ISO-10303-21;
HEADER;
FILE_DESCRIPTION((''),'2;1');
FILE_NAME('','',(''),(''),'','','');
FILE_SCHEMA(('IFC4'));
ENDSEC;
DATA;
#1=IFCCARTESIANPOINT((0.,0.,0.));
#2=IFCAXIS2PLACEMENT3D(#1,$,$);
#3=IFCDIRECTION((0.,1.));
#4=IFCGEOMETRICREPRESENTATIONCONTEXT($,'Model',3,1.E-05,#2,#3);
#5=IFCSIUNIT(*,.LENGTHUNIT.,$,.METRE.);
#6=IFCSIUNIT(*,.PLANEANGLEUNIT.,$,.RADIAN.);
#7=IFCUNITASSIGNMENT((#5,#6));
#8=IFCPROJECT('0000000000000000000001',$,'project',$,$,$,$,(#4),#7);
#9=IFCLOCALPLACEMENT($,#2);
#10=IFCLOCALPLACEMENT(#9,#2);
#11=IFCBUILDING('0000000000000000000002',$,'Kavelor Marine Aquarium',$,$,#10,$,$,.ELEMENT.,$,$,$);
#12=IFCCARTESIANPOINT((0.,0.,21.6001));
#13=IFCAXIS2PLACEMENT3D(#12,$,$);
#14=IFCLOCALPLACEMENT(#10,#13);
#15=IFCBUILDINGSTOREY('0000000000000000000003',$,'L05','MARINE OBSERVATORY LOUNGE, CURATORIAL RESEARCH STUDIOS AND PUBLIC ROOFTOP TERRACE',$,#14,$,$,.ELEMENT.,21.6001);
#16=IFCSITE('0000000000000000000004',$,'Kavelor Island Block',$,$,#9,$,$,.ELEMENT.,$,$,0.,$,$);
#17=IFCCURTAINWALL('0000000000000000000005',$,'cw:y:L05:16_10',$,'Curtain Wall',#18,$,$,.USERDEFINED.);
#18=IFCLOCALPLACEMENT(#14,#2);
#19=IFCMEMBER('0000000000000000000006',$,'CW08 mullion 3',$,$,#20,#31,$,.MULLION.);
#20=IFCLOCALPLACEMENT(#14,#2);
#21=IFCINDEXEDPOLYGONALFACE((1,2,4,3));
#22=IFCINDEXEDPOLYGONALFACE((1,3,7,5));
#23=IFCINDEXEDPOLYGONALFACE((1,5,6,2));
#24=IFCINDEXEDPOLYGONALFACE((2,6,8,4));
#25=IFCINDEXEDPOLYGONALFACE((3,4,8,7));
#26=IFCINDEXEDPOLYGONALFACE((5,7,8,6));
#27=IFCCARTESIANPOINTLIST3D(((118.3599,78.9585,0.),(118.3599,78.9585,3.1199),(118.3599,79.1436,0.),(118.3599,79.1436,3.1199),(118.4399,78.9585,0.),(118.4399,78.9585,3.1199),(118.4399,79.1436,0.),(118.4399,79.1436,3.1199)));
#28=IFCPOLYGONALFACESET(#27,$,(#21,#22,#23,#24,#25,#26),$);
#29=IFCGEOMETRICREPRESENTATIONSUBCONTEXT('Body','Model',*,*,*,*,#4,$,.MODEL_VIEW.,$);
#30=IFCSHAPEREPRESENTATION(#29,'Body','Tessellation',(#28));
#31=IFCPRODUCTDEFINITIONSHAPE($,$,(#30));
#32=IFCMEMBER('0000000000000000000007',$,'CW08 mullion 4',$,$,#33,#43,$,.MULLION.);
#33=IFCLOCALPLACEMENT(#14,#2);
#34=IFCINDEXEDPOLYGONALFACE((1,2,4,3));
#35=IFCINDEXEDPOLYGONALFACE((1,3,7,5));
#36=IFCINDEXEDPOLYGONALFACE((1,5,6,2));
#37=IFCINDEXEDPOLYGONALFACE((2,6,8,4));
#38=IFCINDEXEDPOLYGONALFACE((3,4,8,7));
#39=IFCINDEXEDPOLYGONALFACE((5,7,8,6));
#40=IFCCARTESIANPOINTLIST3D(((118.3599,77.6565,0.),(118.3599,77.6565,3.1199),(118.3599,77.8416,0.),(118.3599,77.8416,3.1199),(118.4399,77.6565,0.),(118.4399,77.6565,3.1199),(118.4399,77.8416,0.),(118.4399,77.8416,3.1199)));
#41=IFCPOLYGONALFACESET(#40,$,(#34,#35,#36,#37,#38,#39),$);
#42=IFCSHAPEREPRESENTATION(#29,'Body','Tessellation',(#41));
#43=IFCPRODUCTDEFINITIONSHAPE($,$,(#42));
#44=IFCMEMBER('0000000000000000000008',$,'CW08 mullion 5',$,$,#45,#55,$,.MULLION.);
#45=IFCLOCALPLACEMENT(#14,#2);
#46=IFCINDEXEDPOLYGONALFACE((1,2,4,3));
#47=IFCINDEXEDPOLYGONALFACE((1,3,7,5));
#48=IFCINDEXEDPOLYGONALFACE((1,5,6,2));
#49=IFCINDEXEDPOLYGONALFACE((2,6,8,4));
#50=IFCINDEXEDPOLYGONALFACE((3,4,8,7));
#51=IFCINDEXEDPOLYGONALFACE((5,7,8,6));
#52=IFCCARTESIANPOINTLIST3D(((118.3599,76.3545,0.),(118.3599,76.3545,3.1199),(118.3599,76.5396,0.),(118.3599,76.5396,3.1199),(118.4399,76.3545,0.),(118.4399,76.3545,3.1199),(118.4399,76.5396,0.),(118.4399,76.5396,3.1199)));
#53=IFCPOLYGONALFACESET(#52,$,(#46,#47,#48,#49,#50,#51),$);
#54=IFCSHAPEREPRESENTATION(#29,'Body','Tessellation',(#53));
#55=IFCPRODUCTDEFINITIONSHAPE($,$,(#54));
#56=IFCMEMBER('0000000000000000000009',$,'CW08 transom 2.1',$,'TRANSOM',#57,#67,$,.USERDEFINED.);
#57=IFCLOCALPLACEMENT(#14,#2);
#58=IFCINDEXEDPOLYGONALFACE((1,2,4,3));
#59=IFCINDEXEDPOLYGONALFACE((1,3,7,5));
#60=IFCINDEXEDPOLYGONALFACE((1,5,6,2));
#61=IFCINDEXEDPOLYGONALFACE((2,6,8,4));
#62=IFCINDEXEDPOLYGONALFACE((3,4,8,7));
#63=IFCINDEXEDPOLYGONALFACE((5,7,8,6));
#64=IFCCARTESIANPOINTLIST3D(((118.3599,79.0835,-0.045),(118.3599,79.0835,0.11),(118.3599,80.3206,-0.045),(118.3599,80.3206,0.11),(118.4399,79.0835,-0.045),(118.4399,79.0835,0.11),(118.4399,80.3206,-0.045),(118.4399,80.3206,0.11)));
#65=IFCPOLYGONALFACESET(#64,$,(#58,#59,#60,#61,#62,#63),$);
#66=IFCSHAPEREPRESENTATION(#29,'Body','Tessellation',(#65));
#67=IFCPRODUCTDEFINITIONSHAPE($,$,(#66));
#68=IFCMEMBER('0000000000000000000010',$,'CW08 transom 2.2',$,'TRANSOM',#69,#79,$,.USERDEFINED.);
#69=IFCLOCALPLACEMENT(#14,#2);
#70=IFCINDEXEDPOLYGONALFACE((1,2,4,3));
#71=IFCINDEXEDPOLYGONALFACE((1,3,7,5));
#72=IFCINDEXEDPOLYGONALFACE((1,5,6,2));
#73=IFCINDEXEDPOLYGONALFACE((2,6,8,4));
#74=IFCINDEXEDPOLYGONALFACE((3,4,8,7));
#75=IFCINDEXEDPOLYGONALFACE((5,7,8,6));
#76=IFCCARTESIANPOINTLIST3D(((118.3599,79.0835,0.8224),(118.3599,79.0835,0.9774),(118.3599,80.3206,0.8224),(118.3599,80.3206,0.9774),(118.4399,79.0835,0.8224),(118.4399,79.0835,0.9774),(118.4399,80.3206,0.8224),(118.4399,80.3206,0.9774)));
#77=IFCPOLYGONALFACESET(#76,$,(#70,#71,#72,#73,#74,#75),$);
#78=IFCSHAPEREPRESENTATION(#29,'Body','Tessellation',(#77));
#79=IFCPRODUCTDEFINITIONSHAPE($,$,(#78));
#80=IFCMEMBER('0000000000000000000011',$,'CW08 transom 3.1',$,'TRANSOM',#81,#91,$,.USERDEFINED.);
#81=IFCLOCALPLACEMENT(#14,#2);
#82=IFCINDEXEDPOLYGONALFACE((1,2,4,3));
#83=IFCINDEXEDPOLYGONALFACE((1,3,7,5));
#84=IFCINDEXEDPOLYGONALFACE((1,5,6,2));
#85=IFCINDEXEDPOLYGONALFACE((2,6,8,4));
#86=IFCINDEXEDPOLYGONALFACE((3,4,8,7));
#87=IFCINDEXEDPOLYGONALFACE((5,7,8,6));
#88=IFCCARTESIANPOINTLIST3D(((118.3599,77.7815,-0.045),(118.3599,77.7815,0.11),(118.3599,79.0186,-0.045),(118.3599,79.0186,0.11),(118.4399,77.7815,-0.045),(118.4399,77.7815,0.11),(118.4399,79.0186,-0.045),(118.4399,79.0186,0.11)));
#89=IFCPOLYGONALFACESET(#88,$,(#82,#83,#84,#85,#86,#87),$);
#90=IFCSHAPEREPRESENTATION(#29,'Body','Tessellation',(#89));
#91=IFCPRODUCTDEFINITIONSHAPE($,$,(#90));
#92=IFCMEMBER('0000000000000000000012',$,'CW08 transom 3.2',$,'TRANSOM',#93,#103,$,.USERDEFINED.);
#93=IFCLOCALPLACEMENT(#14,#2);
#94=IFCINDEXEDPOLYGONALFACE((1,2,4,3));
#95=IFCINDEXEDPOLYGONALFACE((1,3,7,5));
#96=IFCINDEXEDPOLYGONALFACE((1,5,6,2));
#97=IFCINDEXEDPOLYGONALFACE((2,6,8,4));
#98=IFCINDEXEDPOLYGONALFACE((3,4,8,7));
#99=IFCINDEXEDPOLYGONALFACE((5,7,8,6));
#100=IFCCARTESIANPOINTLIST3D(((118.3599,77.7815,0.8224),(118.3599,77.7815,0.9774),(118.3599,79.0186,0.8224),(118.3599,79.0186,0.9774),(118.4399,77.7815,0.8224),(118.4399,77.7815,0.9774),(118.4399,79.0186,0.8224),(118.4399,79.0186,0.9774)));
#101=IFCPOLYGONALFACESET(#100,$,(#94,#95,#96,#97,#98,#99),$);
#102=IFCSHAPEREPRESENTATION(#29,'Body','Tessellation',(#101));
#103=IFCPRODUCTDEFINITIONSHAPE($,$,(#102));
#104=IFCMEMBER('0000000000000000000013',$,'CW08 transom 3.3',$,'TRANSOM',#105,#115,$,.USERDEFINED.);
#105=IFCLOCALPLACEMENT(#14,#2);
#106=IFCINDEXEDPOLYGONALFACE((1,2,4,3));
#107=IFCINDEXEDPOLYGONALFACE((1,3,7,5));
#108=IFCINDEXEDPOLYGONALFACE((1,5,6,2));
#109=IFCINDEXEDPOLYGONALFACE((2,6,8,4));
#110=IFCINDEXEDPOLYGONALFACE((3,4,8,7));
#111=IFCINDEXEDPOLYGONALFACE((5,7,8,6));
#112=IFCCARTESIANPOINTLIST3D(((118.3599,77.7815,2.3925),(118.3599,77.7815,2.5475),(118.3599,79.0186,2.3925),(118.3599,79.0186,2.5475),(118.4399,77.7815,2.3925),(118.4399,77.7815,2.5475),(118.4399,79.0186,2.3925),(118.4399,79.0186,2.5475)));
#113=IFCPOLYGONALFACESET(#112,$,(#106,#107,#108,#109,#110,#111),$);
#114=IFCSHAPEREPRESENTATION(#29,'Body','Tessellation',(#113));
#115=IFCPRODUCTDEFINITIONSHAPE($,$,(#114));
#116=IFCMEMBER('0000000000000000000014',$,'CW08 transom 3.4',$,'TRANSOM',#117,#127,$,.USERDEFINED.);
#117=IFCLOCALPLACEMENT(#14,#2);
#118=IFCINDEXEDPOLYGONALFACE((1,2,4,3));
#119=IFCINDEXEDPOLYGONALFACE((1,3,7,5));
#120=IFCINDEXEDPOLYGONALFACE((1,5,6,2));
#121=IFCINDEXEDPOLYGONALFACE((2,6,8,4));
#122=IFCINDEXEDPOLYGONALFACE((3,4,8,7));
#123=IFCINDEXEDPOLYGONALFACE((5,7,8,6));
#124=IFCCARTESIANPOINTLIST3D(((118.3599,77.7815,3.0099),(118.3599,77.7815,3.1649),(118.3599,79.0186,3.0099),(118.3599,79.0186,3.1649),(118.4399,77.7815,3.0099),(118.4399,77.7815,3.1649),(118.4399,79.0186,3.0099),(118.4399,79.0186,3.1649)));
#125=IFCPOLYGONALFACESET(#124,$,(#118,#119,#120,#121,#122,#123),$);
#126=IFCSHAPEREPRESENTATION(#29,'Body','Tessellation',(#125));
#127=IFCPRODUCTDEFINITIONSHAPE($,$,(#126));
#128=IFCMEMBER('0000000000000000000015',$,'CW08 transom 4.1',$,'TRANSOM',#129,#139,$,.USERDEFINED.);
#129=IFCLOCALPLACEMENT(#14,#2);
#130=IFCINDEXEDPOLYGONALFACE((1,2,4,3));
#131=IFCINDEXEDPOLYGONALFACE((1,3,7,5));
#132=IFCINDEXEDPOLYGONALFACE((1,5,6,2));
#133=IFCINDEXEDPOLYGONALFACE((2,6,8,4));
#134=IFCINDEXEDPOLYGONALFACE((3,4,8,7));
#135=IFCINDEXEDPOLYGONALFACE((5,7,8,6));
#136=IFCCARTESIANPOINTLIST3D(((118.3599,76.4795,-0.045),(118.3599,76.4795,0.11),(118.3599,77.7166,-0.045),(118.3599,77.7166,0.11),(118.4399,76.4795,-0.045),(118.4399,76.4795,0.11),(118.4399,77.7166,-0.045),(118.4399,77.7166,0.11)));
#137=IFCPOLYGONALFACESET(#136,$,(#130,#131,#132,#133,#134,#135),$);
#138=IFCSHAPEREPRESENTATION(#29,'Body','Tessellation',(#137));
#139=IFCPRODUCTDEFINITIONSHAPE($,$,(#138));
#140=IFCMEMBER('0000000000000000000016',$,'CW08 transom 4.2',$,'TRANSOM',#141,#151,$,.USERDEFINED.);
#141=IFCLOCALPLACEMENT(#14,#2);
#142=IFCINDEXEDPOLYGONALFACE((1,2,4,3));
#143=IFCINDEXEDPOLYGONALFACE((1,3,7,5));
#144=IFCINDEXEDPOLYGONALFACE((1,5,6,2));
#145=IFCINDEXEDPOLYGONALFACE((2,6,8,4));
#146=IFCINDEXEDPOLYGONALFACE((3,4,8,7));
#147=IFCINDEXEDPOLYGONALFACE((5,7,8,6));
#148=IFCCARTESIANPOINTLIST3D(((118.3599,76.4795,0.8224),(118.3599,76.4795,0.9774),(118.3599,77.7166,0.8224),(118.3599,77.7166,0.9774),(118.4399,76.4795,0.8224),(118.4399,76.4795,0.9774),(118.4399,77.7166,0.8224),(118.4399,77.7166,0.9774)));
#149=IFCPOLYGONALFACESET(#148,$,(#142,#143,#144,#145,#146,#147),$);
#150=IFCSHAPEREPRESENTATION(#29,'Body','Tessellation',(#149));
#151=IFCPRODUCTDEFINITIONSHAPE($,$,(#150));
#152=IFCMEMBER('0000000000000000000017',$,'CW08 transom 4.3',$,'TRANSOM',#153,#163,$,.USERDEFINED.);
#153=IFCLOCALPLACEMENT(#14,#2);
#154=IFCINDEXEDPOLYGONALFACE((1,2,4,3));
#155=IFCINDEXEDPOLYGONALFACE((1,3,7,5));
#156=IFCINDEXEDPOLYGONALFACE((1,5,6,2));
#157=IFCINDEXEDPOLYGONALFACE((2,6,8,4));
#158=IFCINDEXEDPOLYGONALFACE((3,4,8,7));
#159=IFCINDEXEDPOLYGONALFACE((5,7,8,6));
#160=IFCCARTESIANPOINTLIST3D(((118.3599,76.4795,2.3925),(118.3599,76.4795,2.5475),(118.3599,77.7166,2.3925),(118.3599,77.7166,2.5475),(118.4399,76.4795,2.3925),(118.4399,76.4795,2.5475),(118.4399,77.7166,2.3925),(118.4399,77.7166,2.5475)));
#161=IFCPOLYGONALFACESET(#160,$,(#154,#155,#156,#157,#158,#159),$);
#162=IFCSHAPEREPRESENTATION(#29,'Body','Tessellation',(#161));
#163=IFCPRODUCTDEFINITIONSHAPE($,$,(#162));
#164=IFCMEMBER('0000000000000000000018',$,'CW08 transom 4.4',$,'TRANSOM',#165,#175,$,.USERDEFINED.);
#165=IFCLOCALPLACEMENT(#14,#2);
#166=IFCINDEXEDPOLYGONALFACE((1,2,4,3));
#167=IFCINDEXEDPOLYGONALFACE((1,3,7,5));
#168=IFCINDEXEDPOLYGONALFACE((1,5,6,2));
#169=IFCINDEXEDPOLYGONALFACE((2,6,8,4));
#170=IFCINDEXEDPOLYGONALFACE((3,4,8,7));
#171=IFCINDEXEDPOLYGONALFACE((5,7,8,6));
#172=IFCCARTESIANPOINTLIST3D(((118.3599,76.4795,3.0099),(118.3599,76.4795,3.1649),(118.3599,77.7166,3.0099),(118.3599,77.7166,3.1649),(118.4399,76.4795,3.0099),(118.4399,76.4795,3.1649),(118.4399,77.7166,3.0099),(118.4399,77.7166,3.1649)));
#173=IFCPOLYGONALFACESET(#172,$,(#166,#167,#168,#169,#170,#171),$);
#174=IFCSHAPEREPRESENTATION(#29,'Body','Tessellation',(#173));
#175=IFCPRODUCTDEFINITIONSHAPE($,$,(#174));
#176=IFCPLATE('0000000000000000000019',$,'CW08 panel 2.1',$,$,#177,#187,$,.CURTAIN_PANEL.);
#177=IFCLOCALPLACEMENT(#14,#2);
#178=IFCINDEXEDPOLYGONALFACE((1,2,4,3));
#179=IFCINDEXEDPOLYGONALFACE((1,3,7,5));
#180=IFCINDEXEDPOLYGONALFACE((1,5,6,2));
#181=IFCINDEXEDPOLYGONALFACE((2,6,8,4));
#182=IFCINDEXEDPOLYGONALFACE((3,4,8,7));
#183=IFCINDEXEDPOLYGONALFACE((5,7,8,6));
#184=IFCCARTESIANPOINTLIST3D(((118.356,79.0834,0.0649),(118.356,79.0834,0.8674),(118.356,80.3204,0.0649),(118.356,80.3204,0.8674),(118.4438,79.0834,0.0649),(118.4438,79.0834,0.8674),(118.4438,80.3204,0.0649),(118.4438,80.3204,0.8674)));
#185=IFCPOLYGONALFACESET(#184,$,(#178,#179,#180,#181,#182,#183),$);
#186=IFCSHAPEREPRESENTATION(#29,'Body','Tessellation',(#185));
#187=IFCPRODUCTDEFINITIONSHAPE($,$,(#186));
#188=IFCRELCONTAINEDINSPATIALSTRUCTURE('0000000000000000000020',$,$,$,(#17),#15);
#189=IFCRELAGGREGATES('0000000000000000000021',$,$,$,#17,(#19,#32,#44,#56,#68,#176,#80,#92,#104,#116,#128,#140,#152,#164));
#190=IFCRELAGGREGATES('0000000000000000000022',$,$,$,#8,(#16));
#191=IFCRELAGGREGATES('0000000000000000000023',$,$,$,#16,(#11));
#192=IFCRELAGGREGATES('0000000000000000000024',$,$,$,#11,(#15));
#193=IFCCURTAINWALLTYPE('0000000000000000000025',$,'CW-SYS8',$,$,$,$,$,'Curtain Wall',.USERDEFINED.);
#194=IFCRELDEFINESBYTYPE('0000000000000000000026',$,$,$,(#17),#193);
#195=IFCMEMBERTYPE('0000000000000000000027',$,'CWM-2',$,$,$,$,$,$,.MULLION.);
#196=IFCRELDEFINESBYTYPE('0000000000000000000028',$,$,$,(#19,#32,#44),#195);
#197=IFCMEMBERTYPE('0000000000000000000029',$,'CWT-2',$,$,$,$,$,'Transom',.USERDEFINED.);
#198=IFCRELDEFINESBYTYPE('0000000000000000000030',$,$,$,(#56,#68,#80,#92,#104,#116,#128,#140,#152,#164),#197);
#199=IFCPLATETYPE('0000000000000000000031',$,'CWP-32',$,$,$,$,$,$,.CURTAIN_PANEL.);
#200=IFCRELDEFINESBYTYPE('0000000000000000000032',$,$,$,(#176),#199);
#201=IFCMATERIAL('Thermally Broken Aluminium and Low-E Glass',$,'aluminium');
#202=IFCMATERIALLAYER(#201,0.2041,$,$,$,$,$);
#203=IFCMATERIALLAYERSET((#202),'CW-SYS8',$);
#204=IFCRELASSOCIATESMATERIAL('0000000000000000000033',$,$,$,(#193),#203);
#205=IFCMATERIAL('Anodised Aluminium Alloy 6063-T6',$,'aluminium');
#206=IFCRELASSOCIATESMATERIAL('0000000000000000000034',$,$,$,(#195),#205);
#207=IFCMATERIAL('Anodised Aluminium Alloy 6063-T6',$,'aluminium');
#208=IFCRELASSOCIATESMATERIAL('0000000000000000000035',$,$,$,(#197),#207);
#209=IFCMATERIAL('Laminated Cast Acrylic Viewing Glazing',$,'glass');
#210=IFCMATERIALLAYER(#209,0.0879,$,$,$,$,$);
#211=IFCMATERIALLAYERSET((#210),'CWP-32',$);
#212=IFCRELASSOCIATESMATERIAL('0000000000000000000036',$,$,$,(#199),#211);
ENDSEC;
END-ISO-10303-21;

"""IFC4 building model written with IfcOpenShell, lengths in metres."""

from ifc_helpers import new_model, si_unit, direction, frame, origin, origin_2d, place, context, subcontext, project, spatial, rectangle, extrude, material, layer, layer_set, material_profile, profile_set, type_object, element, aggregate, save


model = new_model("IFC4")

# Units and contexts
model_context = context("Model", 3, precision=1e-05, world=origin(), true_north=direction((0.0, 1.0)))
body_context = subcontext(model_context, "Body", "Model", "MODEL_VIEW")
ifc_project = project(units=[si_unit("LENGTHUNIT", "METRE"), si_unit("PLANEANGLEUNIT", "RADIAN")], contexts=[model_context])

# Site, building, storey
site_placement = place(None, origin())
site = spatial("IfcSite", under=ifc_project, at=site_placement, Name="Kavelor Island Block", CompositionType="ELEMENT", RefElevation=0.0)
building_placement = place(site_placement, origin())
building = spatial("IfcBuilding", under=site, at=building_placement, Name="Kavelor Marine Aquarium", CompositionType="ELEMENT")
storey_placement = place(building_placement, frame((0.0, 0.0, 21.6001)))
storey = spatial("IfcBuildingStorey", under=building, at=storey_placement, Name="L05", Description="MARINE OBSERVATORY LOUNGE, CURATORIAL RESEARCH STUDIOS AND PUBLIC ROOFTOP TERRACE", CompositionType="ELEMENT", Elevation=21.6001)

# Curtain wall, members, plate
ifc_material_1 = material(Name="Thermally Broken Aluminium and Low-E Glass", Category="aluminium")
ifc_layer_1 = layer(ifc_material_1, 0.2041)
ifc_layer_set_1 = layer_set([ifc_layer_1], Name="CW-SYS8")
curtain_wall_type = type_object("IfcCurtainWallType", Name="CW-SYS8", ElementType="Curtain Wall", PredefinedType="USERDEFINED", material=ifc_layer_set_1)
curtain_wall_placement = place(storey_placement, origin())
curtain_wall = element("IfcCurtainWall", 1, at=curtain_wall_placement, inside=storey, type_object=curtain_wall_type, Name="cw:y:L05:16_10", ObjectType="Curtain Wall", PredefinedType="USERDEFINED")
ifc_material_2 = material(Name="Anodised Aluminium Alloy 6063-T6", Category="aluminium")
ifc_material_profile_1 = material_profile(ifc_material_2, rectangle(XDim=0.0801, YDim=0.1851, at=origin_2d()), Name="CW-MUL 80x185")
ifc_profile_set_1 = profile_set([ifc_material_profile_1], Name="Anodised Aluminium Alloy 6063-T6")
member_type_1 = type_object("IfcMemberType", Name="CWM-2", PredefinedType="MULLION", material=ifc_profile_set_1)
member_1_placement = place(storey_placement, frame((118.3999, 79.051, 0.0), z_axis=(0.0, 0.0, 1.0), x_axis=(1.0, 0.0, 0.0)))
member_1 = element("IfcMember", 2, at=member_1_placement, type_object=member_type_1, Name="CW08 mullion 3", PredefinedType="MULLION", context=body_context, shape_type="SweptSolid", body=[
    extrude(rectangle(XDim=0.0801, YDim=0.1851, at=origin_2d()), origin(), (0.0, 0.0, 1.0), 3.1199),
])
member_2_placement = place(storey_placement, frame((118.3999, 77.749, 0.0), z_axis=(0.0, 0.0, 1.0), x_axis=(1.0, 0.0, 0.0)))
member_2 = element("IfcMember", 3, at=member_2_placement, type_object=member_type_1, Name="CW08 mullion 4", PredefinedType="MULLION", context=body_context, shape_type="SweptSolid", body=[
    extrude(rectangle(XDim=0.0801, YDim=0.1851, at=origin_2d()), origin(), (0.0, 0.0, 1.0), 3.1199),
])
member_3_placement = place(storey_placement, frame((118.3999, 76.447, 0.0), z_axis=(0.0, 0.0, 1.0), x_axis=(1.0, 0.0, 0.0)))
member_3 = element("IfcMember", 4, at=member_3_placement, type_object=member_type_1, Name="CW08 mullion 5", PredefinedType="MULLION", context=body_context, shape_type="SweptSolid", body=[
    extrude(rectangle(XDim=0.0801, YDim=0.1851, at=origin_2d()), origin(), (0.0, 0.0, 1.0), 3.1199),
])
ifc_material_3 = material(Name="Anodised Aluminium Alloy 6063-T6", Category="aluminium")
ifc_material_profile_2 = material_profile(ifc_material_3, rectangle(XDim=0.0801, YDim=0.155, at=origin_2d()), Name="CW-TRN 80x155")
ifc_profile_set_2 = profile_set([ifc_material_profile_2], Name="Anodised Aluminium Alloy 6063-T6")
member_type_2 = type_object("IfcMemberType", Name="CWT-2", ElementType="Transom", PredefinedType="USERDEFINED", material=ifc_profile_set_2)
member_4_placement = place(storey_placement, frame((118.3999, 80.3206, 0.0325), z_axis=(0.0, -1.0, 0.0), x_axis=(1.0, 0.0, 0.0)))
member_4 = element("IfcMember", 5, at=member_4_placement, type_object=member_type_2, Name="CW08 transom 2.1", ObjectType="TRANSOM", PredefinedType="USERDEFINED", context=body_context, shape_type="SweptSolid", body=[
    extrude(rectangle(XDim=0.0801, YDim=0.155, at=origin_2d()), origin(), (0.0, 0.0, 1.0), 1.2371),
])
member_5_placement = place(storey_placement, frame((118.3999, 80.3206, 0.8999), z_axis=(0.0, -1.0, 0.0), x_axis=(1.0, 0.0, 0.0)))
member_5 = element("IfcMember", 6, at=member_5_placement, type_object=member_type_2, Name="CW08 transom 2.2", ObjectType="TRANSOM", PredefinedType="USERDEFINED", context=body_context, shape_type="SweptSolid", body=[
    extrude(rectangle(XDim=0.0801, YDim=0.155, at=origin_2d()), origin(), (0.0, 0.0, 1.0), 1.2371),
])
member_6_placement = place(storey_placement, frame((118.3999, 79.0186, 0.0325), z_axis=(0.0, -1.0, 0.0), x_axis=(1.0, 0.0, 0.0)))
member_6 = element("IfcMember", 7, at=member_6_placement, type_object=member_type_2, Name="CW08 transom 3.1", ObjectType="TRANSOM", PredefinedType="USERDEFINED", context=body_context, shape_type="SweptSolid", body=[
    extrude(rectangle(XDim=0.0801, YDim=0.155, at=origin_2d()), origin(), (0.0, 0.0, 1.0), 1.2371),
])
member_7_placement = place(storey_placement, frame((118.3999, 79.0186, 0.8999), z_axis=(0.0, -1.0, 0.0), x_axis=(1.0, 0.0, 0.0)))
member_7 = element("IfcMember", 8, at=member_7_placement, type_object=member_type_2, Name="CW08 transom 3.2", ObjectType="TRANSOM", PredefinedType="USERDEFINED", context=body_context, shape_type="SweptSolid", body=[
    extrude(rectangle(XDim=0.0801, YDim=0.155, at=origin_2d()), origin(), (0.0, 0.0, 1.0), 1.2371),
])
member_8_placement = place(storey_placement, frame((118.3999, 79.0186, 2.47), z_axis=(0.0, -1.0, 0.0), x_axis=(1.0, 0.0, 0.0)))
member_8 = element("IfcMember", 9, at=member_8_placement, type_object=member_type_2, Name="CW08 transom 3.3", ObjectType="TRANSOM", PredefinedType="USERDEFINED", context=body_context, shape_type="SweptSolid", body=[
    extrude(rectangle(XDim=0.0801, YDim=0.155, at=origin_2d()), origin(), (0.0, 0.0, 1.0), 1.2371),
])
member_9_placement = place(storey_placement, frame((118.3999, 79.0186, 3.0874), z_axis=(0.0, -1.0, 0.0), x_axis=(1.0, 0.0, 0.0)))
member_9 = element("IfcMember", 10, at=member_9_placement, type_object=member_type_2, Name="CW08 transom 3.4", ObjectType="TRANSOM", PredefinedType="USERDEFINED", context=body_context, shape_type="SweptSolid", body=[
    extrude(rectangle(XDim=0.0801, YDim=0.155, at=origin_2d()), origin(), (0.0, 0.0, 1.0), 1.2371),
])
member_10_placement = place(storey_placement, frame((118.3999, 77.7166, 0.0325), z_axis=(0.0, -1.0, 0.0), x_axis=(1.0, 0.0, 0.0)))
member_10 = element("IfcMember", 11, at=member_10_placement, type_object=member_type_2, Name="CW08 transom 4.1", ObjectType="TRANSOM", PredefinedType="USERDEFINED", context=body_context, shape_type="SweptSolid", body=[
    extrude(rectangle(XDim=0.0801, YDim=0.155, at=origin_2d()), origin(), (0.0, 0.0, 1.0), 1.2371),
])
member_11_placement = place(storey_placement, frame((118.3999, 77.7166, 0.8999), z_axis=(0.0, -1.0, 0.0), x_axis=(1.0, 0.0, 0.0)))
member_11 = element("IfcMember", 12, at=member_11_placement, type_object=member_type_2, Name="CW08 transom 4.2", ObjectType="TRANSOM", PredefinedType="USERDEFINED", context=body_context, shape_type="SweptSolid", body=[
    extrude(rectangle(XDim=0.0801, YDim=0.155, at=origin_2d()), origin(), (0.0, 0.0, 1.0), 1.2371),
])
member_12_placement = place(storey_placement, frame((118.3999, 77.7166, 2.47), z_axis=(0.0, -1.0, 0.0), x_axis=(1.0, 0.0, 0.0)))
member_12 = element("IfcMember", 13, at=member_12_placement, type_object=member_type_2, Name="CW08 transom 4.3", ObjectType="TRANSOM", PredefinedType="USERDEFINED", context=body_context, shape_type="SweptSolid", body=[
    extrude(rectangle(XDim=0.0801, YDim=0.155, at=origin_2d()), origin(), (0.0, 0.0, 1.0), 1.2371),
])
member_13_placement = place(storey_placement, frame((118.3999, 77.7166, 3.0874), z_axis=(0.0, -1.0, 0.0), x_axis=(1.0, 0.0, 0.0)))
member_13 = element("IfcMember", 14, at=member_13_placement, type_object=member_type_2, Name="CW08 transom 4.4", ObjectType="TRANSOM", PredefinedType="USERDEFINED", context=body_context, shape_type="SweptSolid", body=[
    extrude(rectangle(XDim=0.0801, YDim=0.155, at=origin_2d()), origin(), (0.0, 0.0, 1.0), 1.2371),
])
ifc_material_4 = material(Name="Laminated Cast Acrylic Viewing Glazing", Category="glass")
ifc_layer_2 = layer(ifc_material_4, 0.0879)
ifc_layer_set_2 = layer_set([ifc_layer_2], Name="CWP-32")
plate_type = type_object("IfcPlateType", Name="CWP-32", PredefinedType="CURTAIN_PANEL", material=ifc_layer_set_2)
plate_1_placement = place(storey_placement, frame((118.3999, 79.7019, 0.0649), z_axis=(0.0, 0.0, 1.0), x_axis=(0.0, -1.0, 0.0)))
plate_1 = element("IfcPlate", 15, at=plate_1_placement, type_object=plate_type, Name="CW08 panel 2.1", PredefinedType="CURTAIN_PANEL", context=body_context, shape_type="SweptSolid", body=[
    extrude(rectangle(XDim=1.2371, YDim=0.0879, at=origin_2d()), origin(), (0.0, 0.0, 1.0), 0.8025),
])
aggregate(curtain_wall, [member_1, member_2, member_3, member_4, member_5, plate_1, member_6, member_7, member_8, member_9, member_10, member_11, member_12, member_13])

save(model, "model.ifc")
